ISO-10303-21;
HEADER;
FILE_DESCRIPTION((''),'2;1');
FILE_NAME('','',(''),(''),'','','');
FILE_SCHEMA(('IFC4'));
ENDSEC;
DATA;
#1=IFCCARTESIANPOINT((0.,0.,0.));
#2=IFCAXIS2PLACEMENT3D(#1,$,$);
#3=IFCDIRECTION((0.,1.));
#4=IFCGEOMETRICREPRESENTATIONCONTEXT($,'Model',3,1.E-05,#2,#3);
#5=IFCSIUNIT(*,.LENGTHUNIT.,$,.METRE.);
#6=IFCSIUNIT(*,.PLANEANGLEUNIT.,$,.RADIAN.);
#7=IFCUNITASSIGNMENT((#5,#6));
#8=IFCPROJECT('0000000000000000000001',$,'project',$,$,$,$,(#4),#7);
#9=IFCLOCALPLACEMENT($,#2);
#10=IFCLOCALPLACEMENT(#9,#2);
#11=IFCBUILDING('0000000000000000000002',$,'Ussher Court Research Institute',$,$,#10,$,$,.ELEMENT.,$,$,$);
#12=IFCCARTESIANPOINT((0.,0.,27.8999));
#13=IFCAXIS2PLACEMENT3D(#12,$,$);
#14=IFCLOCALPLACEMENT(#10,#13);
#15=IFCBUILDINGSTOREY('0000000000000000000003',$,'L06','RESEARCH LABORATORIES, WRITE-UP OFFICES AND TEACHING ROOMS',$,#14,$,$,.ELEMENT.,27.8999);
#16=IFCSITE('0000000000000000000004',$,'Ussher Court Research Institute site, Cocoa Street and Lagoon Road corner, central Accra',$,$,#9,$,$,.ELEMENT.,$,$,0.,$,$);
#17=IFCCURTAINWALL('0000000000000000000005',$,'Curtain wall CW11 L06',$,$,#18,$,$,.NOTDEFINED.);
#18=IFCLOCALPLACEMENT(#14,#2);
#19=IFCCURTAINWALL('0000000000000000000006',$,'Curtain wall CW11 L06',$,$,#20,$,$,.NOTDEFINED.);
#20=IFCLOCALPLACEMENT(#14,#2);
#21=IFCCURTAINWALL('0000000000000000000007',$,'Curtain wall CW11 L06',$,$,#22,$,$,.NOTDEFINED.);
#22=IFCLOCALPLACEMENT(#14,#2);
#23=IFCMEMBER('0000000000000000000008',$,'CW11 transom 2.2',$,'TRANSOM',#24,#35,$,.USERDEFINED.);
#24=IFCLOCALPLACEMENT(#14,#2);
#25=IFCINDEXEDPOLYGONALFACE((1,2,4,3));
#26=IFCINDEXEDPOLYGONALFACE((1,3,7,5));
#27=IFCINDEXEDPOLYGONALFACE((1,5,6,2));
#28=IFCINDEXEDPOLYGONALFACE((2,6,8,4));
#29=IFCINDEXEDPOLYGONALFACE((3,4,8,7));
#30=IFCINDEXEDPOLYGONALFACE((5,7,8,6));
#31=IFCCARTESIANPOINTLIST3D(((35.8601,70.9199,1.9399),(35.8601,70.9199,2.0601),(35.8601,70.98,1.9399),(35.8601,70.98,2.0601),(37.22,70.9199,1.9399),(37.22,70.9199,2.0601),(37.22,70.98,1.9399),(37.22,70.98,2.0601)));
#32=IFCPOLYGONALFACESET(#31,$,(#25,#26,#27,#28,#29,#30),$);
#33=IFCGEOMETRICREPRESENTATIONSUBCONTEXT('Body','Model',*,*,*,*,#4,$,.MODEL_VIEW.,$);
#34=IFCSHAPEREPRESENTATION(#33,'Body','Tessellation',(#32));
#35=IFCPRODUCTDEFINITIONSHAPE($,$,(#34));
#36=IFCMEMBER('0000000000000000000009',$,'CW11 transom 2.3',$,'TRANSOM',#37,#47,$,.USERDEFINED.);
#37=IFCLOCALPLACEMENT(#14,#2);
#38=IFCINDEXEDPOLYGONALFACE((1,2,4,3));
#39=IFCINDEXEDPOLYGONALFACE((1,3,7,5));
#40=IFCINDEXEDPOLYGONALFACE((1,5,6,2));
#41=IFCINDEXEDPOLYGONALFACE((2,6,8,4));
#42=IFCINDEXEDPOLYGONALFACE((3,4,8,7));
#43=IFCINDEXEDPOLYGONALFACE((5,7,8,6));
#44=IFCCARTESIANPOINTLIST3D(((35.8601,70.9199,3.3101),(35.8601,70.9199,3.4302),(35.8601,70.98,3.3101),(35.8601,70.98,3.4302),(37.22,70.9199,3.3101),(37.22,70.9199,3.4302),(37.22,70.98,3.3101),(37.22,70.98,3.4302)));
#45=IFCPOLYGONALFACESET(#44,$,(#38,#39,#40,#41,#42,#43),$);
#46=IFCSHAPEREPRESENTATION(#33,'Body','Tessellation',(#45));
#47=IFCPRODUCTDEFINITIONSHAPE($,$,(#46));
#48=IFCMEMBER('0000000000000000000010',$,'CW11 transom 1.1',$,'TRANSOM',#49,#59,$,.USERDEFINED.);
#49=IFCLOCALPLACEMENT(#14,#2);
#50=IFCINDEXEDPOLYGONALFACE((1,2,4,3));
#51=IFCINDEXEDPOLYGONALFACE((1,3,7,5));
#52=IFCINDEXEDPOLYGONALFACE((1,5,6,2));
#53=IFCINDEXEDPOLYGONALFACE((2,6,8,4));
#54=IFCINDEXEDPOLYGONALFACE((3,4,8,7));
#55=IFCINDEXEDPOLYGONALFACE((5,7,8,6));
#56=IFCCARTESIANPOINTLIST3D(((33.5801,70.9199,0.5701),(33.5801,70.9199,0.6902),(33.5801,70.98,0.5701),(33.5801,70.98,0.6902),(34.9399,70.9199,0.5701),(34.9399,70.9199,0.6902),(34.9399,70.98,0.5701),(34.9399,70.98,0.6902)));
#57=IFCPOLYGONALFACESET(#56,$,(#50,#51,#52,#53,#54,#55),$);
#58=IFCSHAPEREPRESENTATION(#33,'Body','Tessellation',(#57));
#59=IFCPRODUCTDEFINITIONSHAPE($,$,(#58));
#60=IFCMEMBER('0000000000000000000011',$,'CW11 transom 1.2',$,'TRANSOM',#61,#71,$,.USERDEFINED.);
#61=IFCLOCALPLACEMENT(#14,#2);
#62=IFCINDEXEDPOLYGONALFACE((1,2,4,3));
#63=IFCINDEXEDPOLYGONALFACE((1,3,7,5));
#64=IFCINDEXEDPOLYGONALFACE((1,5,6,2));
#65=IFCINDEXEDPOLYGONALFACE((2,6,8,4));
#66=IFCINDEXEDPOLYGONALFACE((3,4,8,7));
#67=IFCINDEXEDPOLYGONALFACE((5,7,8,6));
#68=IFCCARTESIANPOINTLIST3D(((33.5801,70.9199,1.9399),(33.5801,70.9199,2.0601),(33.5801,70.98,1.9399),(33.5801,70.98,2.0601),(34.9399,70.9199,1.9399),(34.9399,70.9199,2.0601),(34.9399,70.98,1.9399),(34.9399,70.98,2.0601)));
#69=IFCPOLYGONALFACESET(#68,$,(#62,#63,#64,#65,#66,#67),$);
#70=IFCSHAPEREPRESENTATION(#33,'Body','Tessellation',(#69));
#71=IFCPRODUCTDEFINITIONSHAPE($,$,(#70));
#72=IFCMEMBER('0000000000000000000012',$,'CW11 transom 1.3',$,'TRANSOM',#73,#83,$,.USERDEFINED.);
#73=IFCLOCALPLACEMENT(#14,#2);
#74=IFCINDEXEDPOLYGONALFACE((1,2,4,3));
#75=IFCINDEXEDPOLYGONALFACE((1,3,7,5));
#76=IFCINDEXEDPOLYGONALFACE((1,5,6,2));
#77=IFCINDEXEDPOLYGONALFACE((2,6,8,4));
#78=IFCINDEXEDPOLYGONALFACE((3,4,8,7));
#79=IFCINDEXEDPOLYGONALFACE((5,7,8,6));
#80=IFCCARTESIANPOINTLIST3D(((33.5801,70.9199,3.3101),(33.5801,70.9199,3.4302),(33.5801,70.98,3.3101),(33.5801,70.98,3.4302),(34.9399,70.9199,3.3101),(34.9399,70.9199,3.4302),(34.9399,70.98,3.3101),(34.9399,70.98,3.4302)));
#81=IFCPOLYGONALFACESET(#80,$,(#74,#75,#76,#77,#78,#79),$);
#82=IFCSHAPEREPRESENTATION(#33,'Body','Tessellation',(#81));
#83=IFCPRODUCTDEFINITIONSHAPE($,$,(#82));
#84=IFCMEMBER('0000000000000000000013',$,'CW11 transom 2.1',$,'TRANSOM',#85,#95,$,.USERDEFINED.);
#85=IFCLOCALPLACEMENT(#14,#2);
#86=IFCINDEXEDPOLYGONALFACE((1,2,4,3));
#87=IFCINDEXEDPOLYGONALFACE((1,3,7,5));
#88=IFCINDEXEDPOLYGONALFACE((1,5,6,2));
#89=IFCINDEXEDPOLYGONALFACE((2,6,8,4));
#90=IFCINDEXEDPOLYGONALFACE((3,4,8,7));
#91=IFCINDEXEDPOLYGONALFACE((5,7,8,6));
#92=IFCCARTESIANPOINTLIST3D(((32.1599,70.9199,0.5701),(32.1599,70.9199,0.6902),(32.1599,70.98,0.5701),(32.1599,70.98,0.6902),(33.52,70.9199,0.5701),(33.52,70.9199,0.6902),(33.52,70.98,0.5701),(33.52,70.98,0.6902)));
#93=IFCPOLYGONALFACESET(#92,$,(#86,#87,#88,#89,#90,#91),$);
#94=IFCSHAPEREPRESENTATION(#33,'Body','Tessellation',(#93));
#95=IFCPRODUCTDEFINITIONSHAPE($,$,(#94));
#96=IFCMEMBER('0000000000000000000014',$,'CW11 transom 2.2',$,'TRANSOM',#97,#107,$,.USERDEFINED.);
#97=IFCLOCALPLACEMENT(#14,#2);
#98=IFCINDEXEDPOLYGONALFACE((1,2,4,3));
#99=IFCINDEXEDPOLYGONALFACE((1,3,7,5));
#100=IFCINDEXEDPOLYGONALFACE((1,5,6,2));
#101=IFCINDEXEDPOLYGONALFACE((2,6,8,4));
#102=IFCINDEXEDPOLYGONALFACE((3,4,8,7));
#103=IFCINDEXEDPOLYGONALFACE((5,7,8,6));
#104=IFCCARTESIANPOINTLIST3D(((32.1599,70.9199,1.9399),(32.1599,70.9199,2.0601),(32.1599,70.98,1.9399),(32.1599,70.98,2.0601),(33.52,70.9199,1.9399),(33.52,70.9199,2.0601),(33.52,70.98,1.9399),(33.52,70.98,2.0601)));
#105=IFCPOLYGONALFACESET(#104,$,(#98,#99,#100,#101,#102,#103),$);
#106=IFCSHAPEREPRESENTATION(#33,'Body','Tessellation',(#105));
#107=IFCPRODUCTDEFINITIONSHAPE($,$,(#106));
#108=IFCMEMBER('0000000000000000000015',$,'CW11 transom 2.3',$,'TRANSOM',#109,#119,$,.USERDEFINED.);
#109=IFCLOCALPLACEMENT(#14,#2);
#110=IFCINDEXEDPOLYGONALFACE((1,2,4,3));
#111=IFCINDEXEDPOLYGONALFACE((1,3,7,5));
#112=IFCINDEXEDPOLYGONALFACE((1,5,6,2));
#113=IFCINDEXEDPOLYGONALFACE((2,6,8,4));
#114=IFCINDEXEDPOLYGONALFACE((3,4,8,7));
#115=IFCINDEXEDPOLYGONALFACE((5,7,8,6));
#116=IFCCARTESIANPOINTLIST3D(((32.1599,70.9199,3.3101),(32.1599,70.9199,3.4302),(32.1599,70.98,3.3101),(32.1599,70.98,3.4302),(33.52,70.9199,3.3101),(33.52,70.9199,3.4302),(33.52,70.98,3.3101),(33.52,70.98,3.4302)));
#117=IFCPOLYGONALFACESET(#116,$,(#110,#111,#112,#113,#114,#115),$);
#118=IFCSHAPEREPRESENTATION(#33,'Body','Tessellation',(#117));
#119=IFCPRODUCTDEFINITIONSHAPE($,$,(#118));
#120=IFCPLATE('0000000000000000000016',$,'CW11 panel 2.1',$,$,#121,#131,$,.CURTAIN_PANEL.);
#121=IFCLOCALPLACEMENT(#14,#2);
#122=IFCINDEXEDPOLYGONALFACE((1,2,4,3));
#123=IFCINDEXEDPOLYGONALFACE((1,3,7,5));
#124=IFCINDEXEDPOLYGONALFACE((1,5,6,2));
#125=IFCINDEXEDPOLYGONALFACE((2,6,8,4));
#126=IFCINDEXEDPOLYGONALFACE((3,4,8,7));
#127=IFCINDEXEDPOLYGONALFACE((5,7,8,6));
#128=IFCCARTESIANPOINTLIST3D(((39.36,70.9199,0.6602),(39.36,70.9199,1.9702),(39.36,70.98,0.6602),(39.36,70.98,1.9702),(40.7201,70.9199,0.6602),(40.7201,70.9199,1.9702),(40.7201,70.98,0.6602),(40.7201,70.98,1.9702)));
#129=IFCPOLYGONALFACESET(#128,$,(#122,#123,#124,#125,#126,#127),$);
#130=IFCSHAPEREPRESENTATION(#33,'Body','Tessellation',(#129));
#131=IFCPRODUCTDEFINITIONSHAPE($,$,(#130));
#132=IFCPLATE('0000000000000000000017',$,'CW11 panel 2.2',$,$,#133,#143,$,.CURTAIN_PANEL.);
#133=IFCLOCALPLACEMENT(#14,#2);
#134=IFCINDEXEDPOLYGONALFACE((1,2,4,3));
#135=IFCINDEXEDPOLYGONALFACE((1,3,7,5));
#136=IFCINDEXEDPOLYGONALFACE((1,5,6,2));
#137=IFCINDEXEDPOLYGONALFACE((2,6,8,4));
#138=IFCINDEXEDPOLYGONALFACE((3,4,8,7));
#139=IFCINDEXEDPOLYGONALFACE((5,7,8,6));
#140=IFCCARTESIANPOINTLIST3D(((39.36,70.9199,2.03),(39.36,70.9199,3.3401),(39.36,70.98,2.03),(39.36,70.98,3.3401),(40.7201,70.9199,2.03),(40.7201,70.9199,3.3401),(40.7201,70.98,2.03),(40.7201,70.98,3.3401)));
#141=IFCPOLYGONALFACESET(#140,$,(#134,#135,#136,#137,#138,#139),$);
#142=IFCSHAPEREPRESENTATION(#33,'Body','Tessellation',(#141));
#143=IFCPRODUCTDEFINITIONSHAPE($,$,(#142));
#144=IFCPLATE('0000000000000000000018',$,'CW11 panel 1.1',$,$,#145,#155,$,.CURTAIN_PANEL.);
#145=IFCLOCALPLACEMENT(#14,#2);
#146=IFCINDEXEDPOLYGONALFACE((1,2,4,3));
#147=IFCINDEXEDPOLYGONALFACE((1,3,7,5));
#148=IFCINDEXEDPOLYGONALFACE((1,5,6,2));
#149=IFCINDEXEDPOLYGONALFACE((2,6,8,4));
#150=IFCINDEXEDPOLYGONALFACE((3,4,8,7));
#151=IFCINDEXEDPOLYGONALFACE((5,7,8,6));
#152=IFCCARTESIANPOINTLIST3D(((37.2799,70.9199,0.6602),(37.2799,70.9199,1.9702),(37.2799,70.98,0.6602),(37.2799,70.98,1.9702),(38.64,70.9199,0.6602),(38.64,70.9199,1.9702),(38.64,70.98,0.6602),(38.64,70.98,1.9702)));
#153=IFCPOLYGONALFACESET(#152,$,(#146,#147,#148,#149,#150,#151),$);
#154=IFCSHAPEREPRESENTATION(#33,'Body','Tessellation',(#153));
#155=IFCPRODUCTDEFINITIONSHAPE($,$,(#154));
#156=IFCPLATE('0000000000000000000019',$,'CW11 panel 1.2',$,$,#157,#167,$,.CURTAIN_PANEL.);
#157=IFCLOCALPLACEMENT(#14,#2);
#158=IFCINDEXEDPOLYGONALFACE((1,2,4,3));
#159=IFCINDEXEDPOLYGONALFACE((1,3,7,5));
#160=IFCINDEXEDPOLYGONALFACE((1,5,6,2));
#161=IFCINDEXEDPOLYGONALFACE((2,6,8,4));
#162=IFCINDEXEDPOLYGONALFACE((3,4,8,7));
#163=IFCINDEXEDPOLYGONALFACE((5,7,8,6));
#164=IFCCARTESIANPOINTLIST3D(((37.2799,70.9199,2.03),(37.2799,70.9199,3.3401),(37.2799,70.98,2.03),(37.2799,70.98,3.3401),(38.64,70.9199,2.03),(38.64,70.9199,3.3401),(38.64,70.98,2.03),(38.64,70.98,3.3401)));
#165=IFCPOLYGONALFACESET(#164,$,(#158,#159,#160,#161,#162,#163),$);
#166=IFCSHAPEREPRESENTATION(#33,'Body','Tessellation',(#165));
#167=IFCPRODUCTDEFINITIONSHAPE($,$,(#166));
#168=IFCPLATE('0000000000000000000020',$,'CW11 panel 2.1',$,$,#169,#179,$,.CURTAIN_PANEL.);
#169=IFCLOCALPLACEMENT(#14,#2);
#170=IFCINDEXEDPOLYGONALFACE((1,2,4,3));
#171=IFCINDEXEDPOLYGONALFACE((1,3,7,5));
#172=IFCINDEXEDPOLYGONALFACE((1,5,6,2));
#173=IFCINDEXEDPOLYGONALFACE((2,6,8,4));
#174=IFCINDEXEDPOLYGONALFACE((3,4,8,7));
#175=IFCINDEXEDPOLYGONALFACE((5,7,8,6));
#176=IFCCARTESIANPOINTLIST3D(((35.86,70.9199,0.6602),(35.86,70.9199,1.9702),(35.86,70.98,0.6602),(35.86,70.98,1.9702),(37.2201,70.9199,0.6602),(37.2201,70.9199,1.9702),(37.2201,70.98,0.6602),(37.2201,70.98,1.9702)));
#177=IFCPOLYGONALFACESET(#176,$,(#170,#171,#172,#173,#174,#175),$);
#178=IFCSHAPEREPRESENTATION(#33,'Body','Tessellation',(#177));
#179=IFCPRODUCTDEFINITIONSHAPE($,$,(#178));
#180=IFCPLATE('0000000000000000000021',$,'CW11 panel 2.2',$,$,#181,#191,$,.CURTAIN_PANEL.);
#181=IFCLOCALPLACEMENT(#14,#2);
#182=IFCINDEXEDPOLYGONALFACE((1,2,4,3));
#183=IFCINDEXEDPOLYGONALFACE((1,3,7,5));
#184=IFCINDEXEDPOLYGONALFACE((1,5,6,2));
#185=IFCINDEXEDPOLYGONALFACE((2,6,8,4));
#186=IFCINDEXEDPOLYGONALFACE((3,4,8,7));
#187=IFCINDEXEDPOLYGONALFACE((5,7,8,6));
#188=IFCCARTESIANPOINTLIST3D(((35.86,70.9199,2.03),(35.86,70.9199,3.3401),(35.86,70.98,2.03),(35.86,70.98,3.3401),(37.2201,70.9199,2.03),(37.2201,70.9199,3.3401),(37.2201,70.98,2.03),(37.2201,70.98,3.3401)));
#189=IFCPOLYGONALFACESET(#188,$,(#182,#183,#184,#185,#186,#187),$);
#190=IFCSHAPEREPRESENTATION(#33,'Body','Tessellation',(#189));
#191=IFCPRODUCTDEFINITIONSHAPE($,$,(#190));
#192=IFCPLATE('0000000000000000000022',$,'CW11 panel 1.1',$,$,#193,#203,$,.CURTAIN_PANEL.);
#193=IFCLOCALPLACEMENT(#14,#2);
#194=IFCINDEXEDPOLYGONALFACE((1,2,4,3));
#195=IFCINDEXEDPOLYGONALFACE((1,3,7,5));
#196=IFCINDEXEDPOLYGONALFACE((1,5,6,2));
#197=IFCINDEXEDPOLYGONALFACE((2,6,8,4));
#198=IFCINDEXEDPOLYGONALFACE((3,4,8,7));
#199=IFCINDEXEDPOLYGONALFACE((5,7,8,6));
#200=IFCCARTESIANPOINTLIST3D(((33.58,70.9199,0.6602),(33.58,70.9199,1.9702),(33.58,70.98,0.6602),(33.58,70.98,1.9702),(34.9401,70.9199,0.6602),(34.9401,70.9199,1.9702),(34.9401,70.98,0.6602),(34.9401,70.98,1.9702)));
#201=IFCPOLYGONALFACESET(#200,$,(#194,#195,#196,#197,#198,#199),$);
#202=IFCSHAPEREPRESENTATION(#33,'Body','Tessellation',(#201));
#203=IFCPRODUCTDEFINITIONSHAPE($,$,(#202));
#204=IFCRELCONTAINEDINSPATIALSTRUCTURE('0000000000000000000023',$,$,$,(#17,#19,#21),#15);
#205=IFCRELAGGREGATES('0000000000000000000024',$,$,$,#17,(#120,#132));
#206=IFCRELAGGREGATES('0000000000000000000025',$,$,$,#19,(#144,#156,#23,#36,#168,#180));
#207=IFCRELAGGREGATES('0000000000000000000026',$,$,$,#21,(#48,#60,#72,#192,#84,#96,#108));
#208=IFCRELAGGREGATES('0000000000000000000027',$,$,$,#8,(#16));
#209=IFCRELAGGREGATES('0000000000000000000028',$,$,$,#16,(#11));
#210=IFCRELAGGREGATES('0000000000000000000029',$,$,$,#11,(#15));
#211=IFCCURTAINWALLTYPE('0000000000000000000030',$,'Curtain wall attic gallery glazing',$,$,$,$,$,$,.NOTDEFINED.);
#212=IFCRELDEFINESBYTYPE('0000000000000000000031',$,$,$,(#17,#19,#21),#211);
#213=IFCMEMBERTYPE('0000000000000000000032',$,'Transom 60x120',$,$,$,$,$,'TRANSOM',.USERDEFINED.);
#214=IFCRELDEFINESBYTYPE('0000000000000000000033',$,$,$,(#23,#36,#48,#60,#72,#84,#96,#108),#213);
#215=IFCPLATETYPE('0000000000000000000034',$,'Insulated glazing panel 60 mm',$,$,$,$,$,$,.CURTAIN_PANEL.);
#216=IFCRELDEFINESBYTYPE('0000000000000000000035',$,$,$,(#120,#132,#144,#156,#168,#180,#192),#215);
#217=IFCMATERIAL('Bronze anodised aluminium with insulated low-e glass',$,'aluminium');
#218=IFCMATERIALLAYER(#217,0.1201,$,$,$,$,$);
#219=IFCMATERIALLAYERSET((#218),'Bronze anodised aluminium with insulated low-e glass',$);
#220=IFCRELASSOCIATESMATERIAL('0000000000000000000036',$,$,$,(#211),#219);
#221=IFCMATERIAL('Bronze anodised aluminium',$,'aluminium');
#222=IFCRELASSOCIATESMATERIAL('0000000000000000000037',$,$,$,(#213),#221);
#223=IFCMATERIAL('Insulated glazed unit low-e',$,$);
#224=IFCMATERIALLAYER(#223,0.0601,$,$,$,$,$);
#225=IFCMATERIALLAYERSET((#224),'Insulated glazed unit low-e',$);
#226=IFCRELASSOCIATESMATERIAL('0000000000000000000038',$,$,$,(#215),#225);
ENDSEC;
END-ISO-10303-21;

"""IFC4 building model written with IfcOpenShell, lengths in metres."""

from ifc_helpers import new_model, si_unit, direction, frame, origin, origin_2d, place, context, subcontext, project, spatial, rectangle, extrude, material, layer, layer_set, material_profile, profile_set, type_object, element, aggregate, save


model = new_model("IFC4")

# Units and contexts
model_context = context("Model", 3, precision=1e-05, world=origin(), true_north=direction((0.0, 1.0)))
body_context = subcontext(model_context, "Body", "Model", "MODEL_VIEW")
ifc_project = project(units=[si_unit("LENGTHUNIT", "METRE"), si_unit("PLANEANGLEUNIT", "RADIAN")], contexts=[model_context])

# Site, building, storey
site_placement = place(None, origin())
site = spatial("IfcSite", under=ifc_project, at=site_placement, Name="Ussher Court Research Institute site, Cocoa Street and Lagoon Road corner, central Accra", CompositionType="ELEMENT", RefElevation=0.0)
building_placement = place(site_placement, origin())
building = spatial("IfcBuilding", under=site, at=building_placement, Name="Ussher Court Research Institute", CompositionType="ELEMENT")
storey_placement = place(building_placement, frame((0.0, 0.0, 27.8999)))
storey = spatial("IfcBuildingStorey", under=building, at=storey_placement, Name="L06", Description="RESEARCH LABORATORIES, WRITE-UP OFFICES AND TEACHING ROOMS", CompositionType="ELEMENT", Elevation=27.8999)

# Curtain wall
ifc_material_1 = material(Name="Bronze anodised aluminium with insulated low-e glass", Category="aluminium")
ifc_layer_1 = layer(ifc_material_1, 0.1201)
ifc_layer_set_1 = layer_set([ifc_layer_1], Name="Bronze anodised aluminium with insulated low-e glass")
curtain_wall_type = type_object("IfcCurtainWallType", Name="Curtain wall attic gallery glazing", PredefinedType="NOTDEFINED", material=ifc_layer_set_1)
curtain_wall_1_placement = place(storey_placement, origin())
curtain_wall_1 = element("IfcCurtainWall", 1, at=curtain_wall_1_placement, inside=storey, type_object=curtain_wall_type, Name="Curtain wall CW11 L06", PredefinedType="NOTDEFINED")

# Curtain walls
curtain_wall_2_placement = place(storey_placement, origin())
curtain_wall_2 = element("IfcCurtainWall", 2, at=curtain_wall_2_placement, inside=storey, type_object=curtain_wall_type, Name="Curtain wall CW11 L06", PredefinedType="NOTDEFINED")
curtain_wall_3_placement = place(storey_placement, origin())
curtain_wall_3 = element("IfcCurtainWall", 3, at=curtain_wall_3_placement, inside=storey, type_object=curtain_wall_type, Name="Curtain wall CW11 L06", PredefinedType="NOTDEFINED")

# Members
ifc_material_2 = material(Name="Bronze anodised aluminium", Category="aluminium")
ifc_material_profile_1 = material_profile(ifc_material_2, rectangle(XDim=0.0601, YDim=0.1201, at=origin_2d()), Name="Transom 60x120")
ifc_profile_set_1 = profile_set([ifc_material_profile_1], Name="Bronze anodised aluminium")
member_type_1 = type_object("IfcMemberType", Name="Transom 60x120", ElementType="TRANSOM", PredefinedType="USERDEFINED", material=ifc_profile_set_1)
member_1_placement = place(storey_placement, frame((37.22, 70.95, 2.0), z_axis=(-1.0, 0.0, 0.0), x_axis=(0.0, -1.0, 0.0)))
member_1 = element("IfcMember", 4, at=member_1_placement, type_object=member_type_1, Name="CW11 transom 2.2", ObjectType="TRANSOM", PredefinedType="USERDEFINED", context=body_context, shape_type="SweptSolid", body=[
    extrude(rectangle(XDim=0.0601, YDim=0.1201, at=origin_2d()), origin(), (0.0, 0.0, 1.0), 1.3599),
])
member_2_placement = place(storey_placement, frame((37.22, 70.95, 3.3701), z_axis=(-1.0, 0.0, 0.0), x_axis=(0.0, -1.0, 0.0)))
member_2 = element("IfcMember", 5, at=member_2_placement, type_object=member_type_1, Name="CW11 transom 2.3", ObjectType="TRANSOM", PredefinedType="USERDEFINED", context=body_context, shape_type="SweptSolid", body=[
    extrude(rectangle(XDim=0.0601, YDim=0.1201, at=origin_2d()), origin(), (0.0, 0.0, 1.0), 1.3599),
])
member_3_placement = place(storey_placement, frame((34.9399, 70.95, 0.6301), z_axis=(-1.0, 0.0, 0.0), x_axis=(0.0, -1.0, 0.0)))
member_3 = element("IfcMember", 6, at=member_3_placement, type_object=member_type_1, Name="CW11 transom 1.1", ObjectType="TRANSOM", PredefinedType="USERDEFINED", context=body_context, shape_type="SweptSolid", body=[
    extrude(rectangle(XDim=0.0601, YDim=0.1201, at=origin_2d()), origin(), (0.0, 0.0, 1.0), 1.3599),
])
member_4_placement = place(storey_placement, frame((34.9399, 70.95, 2.0), z_axis=(-1.0, 0.0, 0.0), x_axis=(0.0, -1.0, 0.0)))
member_4 = element("IfcMember", 7, at=member_4_placement, type_object=member_type_1, Name="CW11 transom 1.2", ObjectType="TRANSOM", PredefinedType="USERDEFINED", context=body_context, shape_type="SweptSolid", body=[
    extrude(rectangle(XDim=0.0601, YDim=0.1201, at=origin_2d()), origin(), (0.0, 0.0, 1.0), 1.3599),
])
member_5_placement = place(storey_placement, frame((34.9399, 70.95, 3.3701), z_axis=(-1.0, 0.0, 0.0), x_axis=(0.0, -1.0, 0.0)))
member_5 = element("IfcMember", 8, at=member_5_placement, type_object=member_type_1, Name="CW11 transom 1.3", ObjectType="TRANSOM", PredefinedType="USERDEFINED", context=body_context, shape_type="SweptSolid", body=[
    extrude(rectangle(XDim=0.0601, YDim=0.1201, at=origin_2d()), origin(), (0.0, 0.0, 1.0), 1.3599),
])
member_6_placement = place(storey_placement, frame((33.52, 70.95, 0.6301), z_axis=(-1.0, 0.0, 0.0), x_axis=(0.0, -1.0, 0.0)))
member_6 = element("IfcMember", 9, at=member_6_placement, type_object=member_type_1, Name="CW11 transom 2.1", ObjectType="TRANSOM", PredefinedType="USERDEFINED", context=body_context, shape_type="SweptSolid", body=[
    extrude(rectangle(XDim=0.0601, YDim=0.1201, at=origin_2d()), origin(), (0.0, 0.0, 1.0), 1.3601),
])
member_7_placement = place(storey_placement, frame((33.52, 70.95, 2.0), z_axis=(-1.0, 0.0, 0.0), x_axis=(0.0, -1.0, 0.0)))
member_7 = element("IfcMember", 10, at=member_7_placement, type_object=member_type_1, Name="CW11 transom 2.2", ObjectType="TRANSOM", PredefinedType="USERDEFINED", context=body_context, shape_type="SweptSolid", body=[
    extrude(rectangle(XDim=0.0601, YDim=0.1201, at=origin_2d()), origin(), (0.0, 0.0, 1.0), 1.3601),
])
member_8_placement = place(storey_placement, frame((33.52, 70.95, 3.3701), z_axis=(-1.0, 0.0, 0.0), x_axis=(0.0, -1.0, 0.0)))
member_8 = element("IfcMember", 11, at=member_8_placement, type_object=member_type_1, Name="CW11 transom 2.3", ObjectType="TRANSOM", PredefinedType="USERDEFINED", context=body_context, shape_type="SweptSolid", body=[
    extrude(rectangle(XDim=0.0601, YDim=0.1201, at=origin_2d()), origin(), (0.0, 0.0, 1.0), 1.3601),
])

# Plates
ifc_material_3 = material(Name="Insulated glazed unit low-e")
ifc_layer_2 = layer(ifc_material_3, 0.0601)
ifc_layer_set_2 = layer_set([ifc_layer_2], Name="Insulated glazed unit low-e")
plate_type = type_object("IfcPlateType", Name="Insulated glazing panel 60 mm", PredefinedType="CURTAIN_PANEL", material=ifc_layer_set_2)
plate_1_placement = place(storey_placement, frame((40.04, 70.95, 0.6602), z_axis=(0.0, 0.0, 1.0), x_axis=(-1.0, 0.0, 0.0)))
plate_1 = element("IfcPlate", 12, at=plate_1_placement, type_object=plate_type, Name="CW11 panel 2.1", PredefinedType="CURTAIN_PANEL", context=body_context, shape_type="SweptSolid", body=[
    extrude(rectangle(XDim=1.3601, YDim=0.0601, at=origin_2d()), origin(), (0.0, 0.0, 1.0), 1.3101),
])
plate_2_placement = place(storey_placement, frame((40.04, 70.95, 2.03), z_axis=(0.0, 0.0, 1.0), x_axis=(-1.0, 0.0, 0.0)))
plate_2 = element("IfcPlate", 13, at=plate_2_placement, type_object=plate_type, Name="CW11 panel 2.2", PredefinedType="CURTAIN_PANEL", context=body_context, shape_type="SweptSolid", body=[
    extrude(rectangle(XDim=1.3601, YDim=0.0601, at=origin_2d()), origin(), (0.0, 0.0, 1.0), 1.3101),
])
aggregate(curtain_wall_1, [plate_1, plate_2])
plate_3_placement = place(storey_placement, frame((37.96, 70.95, 0.6602), z_axis=(0.0, 0.0, 1.0), x_axis=(-1.0, 0.0, 0.0)))
plate_3 = element("IfcPlate", 14, at=plate_3_placement, type_object=plate_type, Name="CW11 panel 1.1", PredefinedType="CURTAIN_PANEL", context=body_context, shape_type="SweptSolid", body=[
    extrude(rectangle(XDim=1.3601, YDim=0.0601, at=origin_2d()), origin(), (0.0, 0.0, 1.0), 1.3101),
])
plate_4_placement = place(storey_placement, frame((37.96, 70.95, 2.03), z_axis=(0.0, 0.0, 1.0), x_axis=(-1.0, 0.0, 0.0)))
plate_4 = element("IfcPlate", 15, at=plate_4_placement, type_object=plate_type, Name="CW11 panel 1.2", PredefinedType="CURTAIN_PANEL", context=body_context, shape_type="SweptSolid", body=[
    extrude(rectangle(XDim=1.3601, YDim=0.0601, at=origin_2d()), origin(), (0.0, 0.0, 1.0), 1.3101),
])
plate_5_placement = place(storey_placement, frame((36.54, 70.95, 0.6602), z_axis=(0.0, 0.0, 1.0), x_axis=(-1.0, 0.0, 0.0)))
plate_5 = element("IfcPlate", 16, at=plate_5_placement, type_object=plate_type, Name="CW11 panel 2.1", PredefinedType="CURTAIN_PANEL", context=body_context, shape_type="SweptSolid", body=[
    extrude(rectangle(XDim=1.3601, YDim=0.0601, at=origin_2d()), origin(), (0.0, 0.0, 1.0), 1.3101),
])
plate_6_placement = place(storey_placement, frame((36.54, 70.95, 2.03), z_axis=(0.0, 0.0, 1.0), x_axis=(-1.0, 0.0, 0.0)))
plate_6 = element("IfcPlate", 17, at=plate_6_placement, type_object=plate_type, Name="CW11 panel 2.2", PredefinedType="CURTAIN_PANEL", context=body_context, shape_type="SweptSolid", body=[
    extrude(rectangle(XDim=1.3601, YDim=0.0601, at=origin_2d()), origin(), (0.0, 0.0, 1.0), 1.3101),
])
aggregate(curtain_wall_2, [plate_3, plate_4, member_1, member_2, plate_5, plate_6])
plate_7_placement = place(storey_placement, frame((34.26, 70.95, 0.6602), z_axis=(0.0, 0.0, 1.0), x_axis=(-1.0, 0.0, 0.0)))
plate_7 = element("IfcPlate", 18, at=plate_7_placement, type_object=plate_type, Name="CW11 panel 1.1", PredefinedType="CURTAIN_PANEL", context=body_context, shape_type="SweptSolid", body=[
    extrude(rectangle(XDim=1.3601, YDim=0.0601, at=origin_2d()), origin(), (0.0, 0.0, 1.0), 1.3101),
])
aggregate(curtain_wall_3, [member_3, member_4, member_5, plate_7, member_6, member_7, member_8])

save(model, "model.ifc")
